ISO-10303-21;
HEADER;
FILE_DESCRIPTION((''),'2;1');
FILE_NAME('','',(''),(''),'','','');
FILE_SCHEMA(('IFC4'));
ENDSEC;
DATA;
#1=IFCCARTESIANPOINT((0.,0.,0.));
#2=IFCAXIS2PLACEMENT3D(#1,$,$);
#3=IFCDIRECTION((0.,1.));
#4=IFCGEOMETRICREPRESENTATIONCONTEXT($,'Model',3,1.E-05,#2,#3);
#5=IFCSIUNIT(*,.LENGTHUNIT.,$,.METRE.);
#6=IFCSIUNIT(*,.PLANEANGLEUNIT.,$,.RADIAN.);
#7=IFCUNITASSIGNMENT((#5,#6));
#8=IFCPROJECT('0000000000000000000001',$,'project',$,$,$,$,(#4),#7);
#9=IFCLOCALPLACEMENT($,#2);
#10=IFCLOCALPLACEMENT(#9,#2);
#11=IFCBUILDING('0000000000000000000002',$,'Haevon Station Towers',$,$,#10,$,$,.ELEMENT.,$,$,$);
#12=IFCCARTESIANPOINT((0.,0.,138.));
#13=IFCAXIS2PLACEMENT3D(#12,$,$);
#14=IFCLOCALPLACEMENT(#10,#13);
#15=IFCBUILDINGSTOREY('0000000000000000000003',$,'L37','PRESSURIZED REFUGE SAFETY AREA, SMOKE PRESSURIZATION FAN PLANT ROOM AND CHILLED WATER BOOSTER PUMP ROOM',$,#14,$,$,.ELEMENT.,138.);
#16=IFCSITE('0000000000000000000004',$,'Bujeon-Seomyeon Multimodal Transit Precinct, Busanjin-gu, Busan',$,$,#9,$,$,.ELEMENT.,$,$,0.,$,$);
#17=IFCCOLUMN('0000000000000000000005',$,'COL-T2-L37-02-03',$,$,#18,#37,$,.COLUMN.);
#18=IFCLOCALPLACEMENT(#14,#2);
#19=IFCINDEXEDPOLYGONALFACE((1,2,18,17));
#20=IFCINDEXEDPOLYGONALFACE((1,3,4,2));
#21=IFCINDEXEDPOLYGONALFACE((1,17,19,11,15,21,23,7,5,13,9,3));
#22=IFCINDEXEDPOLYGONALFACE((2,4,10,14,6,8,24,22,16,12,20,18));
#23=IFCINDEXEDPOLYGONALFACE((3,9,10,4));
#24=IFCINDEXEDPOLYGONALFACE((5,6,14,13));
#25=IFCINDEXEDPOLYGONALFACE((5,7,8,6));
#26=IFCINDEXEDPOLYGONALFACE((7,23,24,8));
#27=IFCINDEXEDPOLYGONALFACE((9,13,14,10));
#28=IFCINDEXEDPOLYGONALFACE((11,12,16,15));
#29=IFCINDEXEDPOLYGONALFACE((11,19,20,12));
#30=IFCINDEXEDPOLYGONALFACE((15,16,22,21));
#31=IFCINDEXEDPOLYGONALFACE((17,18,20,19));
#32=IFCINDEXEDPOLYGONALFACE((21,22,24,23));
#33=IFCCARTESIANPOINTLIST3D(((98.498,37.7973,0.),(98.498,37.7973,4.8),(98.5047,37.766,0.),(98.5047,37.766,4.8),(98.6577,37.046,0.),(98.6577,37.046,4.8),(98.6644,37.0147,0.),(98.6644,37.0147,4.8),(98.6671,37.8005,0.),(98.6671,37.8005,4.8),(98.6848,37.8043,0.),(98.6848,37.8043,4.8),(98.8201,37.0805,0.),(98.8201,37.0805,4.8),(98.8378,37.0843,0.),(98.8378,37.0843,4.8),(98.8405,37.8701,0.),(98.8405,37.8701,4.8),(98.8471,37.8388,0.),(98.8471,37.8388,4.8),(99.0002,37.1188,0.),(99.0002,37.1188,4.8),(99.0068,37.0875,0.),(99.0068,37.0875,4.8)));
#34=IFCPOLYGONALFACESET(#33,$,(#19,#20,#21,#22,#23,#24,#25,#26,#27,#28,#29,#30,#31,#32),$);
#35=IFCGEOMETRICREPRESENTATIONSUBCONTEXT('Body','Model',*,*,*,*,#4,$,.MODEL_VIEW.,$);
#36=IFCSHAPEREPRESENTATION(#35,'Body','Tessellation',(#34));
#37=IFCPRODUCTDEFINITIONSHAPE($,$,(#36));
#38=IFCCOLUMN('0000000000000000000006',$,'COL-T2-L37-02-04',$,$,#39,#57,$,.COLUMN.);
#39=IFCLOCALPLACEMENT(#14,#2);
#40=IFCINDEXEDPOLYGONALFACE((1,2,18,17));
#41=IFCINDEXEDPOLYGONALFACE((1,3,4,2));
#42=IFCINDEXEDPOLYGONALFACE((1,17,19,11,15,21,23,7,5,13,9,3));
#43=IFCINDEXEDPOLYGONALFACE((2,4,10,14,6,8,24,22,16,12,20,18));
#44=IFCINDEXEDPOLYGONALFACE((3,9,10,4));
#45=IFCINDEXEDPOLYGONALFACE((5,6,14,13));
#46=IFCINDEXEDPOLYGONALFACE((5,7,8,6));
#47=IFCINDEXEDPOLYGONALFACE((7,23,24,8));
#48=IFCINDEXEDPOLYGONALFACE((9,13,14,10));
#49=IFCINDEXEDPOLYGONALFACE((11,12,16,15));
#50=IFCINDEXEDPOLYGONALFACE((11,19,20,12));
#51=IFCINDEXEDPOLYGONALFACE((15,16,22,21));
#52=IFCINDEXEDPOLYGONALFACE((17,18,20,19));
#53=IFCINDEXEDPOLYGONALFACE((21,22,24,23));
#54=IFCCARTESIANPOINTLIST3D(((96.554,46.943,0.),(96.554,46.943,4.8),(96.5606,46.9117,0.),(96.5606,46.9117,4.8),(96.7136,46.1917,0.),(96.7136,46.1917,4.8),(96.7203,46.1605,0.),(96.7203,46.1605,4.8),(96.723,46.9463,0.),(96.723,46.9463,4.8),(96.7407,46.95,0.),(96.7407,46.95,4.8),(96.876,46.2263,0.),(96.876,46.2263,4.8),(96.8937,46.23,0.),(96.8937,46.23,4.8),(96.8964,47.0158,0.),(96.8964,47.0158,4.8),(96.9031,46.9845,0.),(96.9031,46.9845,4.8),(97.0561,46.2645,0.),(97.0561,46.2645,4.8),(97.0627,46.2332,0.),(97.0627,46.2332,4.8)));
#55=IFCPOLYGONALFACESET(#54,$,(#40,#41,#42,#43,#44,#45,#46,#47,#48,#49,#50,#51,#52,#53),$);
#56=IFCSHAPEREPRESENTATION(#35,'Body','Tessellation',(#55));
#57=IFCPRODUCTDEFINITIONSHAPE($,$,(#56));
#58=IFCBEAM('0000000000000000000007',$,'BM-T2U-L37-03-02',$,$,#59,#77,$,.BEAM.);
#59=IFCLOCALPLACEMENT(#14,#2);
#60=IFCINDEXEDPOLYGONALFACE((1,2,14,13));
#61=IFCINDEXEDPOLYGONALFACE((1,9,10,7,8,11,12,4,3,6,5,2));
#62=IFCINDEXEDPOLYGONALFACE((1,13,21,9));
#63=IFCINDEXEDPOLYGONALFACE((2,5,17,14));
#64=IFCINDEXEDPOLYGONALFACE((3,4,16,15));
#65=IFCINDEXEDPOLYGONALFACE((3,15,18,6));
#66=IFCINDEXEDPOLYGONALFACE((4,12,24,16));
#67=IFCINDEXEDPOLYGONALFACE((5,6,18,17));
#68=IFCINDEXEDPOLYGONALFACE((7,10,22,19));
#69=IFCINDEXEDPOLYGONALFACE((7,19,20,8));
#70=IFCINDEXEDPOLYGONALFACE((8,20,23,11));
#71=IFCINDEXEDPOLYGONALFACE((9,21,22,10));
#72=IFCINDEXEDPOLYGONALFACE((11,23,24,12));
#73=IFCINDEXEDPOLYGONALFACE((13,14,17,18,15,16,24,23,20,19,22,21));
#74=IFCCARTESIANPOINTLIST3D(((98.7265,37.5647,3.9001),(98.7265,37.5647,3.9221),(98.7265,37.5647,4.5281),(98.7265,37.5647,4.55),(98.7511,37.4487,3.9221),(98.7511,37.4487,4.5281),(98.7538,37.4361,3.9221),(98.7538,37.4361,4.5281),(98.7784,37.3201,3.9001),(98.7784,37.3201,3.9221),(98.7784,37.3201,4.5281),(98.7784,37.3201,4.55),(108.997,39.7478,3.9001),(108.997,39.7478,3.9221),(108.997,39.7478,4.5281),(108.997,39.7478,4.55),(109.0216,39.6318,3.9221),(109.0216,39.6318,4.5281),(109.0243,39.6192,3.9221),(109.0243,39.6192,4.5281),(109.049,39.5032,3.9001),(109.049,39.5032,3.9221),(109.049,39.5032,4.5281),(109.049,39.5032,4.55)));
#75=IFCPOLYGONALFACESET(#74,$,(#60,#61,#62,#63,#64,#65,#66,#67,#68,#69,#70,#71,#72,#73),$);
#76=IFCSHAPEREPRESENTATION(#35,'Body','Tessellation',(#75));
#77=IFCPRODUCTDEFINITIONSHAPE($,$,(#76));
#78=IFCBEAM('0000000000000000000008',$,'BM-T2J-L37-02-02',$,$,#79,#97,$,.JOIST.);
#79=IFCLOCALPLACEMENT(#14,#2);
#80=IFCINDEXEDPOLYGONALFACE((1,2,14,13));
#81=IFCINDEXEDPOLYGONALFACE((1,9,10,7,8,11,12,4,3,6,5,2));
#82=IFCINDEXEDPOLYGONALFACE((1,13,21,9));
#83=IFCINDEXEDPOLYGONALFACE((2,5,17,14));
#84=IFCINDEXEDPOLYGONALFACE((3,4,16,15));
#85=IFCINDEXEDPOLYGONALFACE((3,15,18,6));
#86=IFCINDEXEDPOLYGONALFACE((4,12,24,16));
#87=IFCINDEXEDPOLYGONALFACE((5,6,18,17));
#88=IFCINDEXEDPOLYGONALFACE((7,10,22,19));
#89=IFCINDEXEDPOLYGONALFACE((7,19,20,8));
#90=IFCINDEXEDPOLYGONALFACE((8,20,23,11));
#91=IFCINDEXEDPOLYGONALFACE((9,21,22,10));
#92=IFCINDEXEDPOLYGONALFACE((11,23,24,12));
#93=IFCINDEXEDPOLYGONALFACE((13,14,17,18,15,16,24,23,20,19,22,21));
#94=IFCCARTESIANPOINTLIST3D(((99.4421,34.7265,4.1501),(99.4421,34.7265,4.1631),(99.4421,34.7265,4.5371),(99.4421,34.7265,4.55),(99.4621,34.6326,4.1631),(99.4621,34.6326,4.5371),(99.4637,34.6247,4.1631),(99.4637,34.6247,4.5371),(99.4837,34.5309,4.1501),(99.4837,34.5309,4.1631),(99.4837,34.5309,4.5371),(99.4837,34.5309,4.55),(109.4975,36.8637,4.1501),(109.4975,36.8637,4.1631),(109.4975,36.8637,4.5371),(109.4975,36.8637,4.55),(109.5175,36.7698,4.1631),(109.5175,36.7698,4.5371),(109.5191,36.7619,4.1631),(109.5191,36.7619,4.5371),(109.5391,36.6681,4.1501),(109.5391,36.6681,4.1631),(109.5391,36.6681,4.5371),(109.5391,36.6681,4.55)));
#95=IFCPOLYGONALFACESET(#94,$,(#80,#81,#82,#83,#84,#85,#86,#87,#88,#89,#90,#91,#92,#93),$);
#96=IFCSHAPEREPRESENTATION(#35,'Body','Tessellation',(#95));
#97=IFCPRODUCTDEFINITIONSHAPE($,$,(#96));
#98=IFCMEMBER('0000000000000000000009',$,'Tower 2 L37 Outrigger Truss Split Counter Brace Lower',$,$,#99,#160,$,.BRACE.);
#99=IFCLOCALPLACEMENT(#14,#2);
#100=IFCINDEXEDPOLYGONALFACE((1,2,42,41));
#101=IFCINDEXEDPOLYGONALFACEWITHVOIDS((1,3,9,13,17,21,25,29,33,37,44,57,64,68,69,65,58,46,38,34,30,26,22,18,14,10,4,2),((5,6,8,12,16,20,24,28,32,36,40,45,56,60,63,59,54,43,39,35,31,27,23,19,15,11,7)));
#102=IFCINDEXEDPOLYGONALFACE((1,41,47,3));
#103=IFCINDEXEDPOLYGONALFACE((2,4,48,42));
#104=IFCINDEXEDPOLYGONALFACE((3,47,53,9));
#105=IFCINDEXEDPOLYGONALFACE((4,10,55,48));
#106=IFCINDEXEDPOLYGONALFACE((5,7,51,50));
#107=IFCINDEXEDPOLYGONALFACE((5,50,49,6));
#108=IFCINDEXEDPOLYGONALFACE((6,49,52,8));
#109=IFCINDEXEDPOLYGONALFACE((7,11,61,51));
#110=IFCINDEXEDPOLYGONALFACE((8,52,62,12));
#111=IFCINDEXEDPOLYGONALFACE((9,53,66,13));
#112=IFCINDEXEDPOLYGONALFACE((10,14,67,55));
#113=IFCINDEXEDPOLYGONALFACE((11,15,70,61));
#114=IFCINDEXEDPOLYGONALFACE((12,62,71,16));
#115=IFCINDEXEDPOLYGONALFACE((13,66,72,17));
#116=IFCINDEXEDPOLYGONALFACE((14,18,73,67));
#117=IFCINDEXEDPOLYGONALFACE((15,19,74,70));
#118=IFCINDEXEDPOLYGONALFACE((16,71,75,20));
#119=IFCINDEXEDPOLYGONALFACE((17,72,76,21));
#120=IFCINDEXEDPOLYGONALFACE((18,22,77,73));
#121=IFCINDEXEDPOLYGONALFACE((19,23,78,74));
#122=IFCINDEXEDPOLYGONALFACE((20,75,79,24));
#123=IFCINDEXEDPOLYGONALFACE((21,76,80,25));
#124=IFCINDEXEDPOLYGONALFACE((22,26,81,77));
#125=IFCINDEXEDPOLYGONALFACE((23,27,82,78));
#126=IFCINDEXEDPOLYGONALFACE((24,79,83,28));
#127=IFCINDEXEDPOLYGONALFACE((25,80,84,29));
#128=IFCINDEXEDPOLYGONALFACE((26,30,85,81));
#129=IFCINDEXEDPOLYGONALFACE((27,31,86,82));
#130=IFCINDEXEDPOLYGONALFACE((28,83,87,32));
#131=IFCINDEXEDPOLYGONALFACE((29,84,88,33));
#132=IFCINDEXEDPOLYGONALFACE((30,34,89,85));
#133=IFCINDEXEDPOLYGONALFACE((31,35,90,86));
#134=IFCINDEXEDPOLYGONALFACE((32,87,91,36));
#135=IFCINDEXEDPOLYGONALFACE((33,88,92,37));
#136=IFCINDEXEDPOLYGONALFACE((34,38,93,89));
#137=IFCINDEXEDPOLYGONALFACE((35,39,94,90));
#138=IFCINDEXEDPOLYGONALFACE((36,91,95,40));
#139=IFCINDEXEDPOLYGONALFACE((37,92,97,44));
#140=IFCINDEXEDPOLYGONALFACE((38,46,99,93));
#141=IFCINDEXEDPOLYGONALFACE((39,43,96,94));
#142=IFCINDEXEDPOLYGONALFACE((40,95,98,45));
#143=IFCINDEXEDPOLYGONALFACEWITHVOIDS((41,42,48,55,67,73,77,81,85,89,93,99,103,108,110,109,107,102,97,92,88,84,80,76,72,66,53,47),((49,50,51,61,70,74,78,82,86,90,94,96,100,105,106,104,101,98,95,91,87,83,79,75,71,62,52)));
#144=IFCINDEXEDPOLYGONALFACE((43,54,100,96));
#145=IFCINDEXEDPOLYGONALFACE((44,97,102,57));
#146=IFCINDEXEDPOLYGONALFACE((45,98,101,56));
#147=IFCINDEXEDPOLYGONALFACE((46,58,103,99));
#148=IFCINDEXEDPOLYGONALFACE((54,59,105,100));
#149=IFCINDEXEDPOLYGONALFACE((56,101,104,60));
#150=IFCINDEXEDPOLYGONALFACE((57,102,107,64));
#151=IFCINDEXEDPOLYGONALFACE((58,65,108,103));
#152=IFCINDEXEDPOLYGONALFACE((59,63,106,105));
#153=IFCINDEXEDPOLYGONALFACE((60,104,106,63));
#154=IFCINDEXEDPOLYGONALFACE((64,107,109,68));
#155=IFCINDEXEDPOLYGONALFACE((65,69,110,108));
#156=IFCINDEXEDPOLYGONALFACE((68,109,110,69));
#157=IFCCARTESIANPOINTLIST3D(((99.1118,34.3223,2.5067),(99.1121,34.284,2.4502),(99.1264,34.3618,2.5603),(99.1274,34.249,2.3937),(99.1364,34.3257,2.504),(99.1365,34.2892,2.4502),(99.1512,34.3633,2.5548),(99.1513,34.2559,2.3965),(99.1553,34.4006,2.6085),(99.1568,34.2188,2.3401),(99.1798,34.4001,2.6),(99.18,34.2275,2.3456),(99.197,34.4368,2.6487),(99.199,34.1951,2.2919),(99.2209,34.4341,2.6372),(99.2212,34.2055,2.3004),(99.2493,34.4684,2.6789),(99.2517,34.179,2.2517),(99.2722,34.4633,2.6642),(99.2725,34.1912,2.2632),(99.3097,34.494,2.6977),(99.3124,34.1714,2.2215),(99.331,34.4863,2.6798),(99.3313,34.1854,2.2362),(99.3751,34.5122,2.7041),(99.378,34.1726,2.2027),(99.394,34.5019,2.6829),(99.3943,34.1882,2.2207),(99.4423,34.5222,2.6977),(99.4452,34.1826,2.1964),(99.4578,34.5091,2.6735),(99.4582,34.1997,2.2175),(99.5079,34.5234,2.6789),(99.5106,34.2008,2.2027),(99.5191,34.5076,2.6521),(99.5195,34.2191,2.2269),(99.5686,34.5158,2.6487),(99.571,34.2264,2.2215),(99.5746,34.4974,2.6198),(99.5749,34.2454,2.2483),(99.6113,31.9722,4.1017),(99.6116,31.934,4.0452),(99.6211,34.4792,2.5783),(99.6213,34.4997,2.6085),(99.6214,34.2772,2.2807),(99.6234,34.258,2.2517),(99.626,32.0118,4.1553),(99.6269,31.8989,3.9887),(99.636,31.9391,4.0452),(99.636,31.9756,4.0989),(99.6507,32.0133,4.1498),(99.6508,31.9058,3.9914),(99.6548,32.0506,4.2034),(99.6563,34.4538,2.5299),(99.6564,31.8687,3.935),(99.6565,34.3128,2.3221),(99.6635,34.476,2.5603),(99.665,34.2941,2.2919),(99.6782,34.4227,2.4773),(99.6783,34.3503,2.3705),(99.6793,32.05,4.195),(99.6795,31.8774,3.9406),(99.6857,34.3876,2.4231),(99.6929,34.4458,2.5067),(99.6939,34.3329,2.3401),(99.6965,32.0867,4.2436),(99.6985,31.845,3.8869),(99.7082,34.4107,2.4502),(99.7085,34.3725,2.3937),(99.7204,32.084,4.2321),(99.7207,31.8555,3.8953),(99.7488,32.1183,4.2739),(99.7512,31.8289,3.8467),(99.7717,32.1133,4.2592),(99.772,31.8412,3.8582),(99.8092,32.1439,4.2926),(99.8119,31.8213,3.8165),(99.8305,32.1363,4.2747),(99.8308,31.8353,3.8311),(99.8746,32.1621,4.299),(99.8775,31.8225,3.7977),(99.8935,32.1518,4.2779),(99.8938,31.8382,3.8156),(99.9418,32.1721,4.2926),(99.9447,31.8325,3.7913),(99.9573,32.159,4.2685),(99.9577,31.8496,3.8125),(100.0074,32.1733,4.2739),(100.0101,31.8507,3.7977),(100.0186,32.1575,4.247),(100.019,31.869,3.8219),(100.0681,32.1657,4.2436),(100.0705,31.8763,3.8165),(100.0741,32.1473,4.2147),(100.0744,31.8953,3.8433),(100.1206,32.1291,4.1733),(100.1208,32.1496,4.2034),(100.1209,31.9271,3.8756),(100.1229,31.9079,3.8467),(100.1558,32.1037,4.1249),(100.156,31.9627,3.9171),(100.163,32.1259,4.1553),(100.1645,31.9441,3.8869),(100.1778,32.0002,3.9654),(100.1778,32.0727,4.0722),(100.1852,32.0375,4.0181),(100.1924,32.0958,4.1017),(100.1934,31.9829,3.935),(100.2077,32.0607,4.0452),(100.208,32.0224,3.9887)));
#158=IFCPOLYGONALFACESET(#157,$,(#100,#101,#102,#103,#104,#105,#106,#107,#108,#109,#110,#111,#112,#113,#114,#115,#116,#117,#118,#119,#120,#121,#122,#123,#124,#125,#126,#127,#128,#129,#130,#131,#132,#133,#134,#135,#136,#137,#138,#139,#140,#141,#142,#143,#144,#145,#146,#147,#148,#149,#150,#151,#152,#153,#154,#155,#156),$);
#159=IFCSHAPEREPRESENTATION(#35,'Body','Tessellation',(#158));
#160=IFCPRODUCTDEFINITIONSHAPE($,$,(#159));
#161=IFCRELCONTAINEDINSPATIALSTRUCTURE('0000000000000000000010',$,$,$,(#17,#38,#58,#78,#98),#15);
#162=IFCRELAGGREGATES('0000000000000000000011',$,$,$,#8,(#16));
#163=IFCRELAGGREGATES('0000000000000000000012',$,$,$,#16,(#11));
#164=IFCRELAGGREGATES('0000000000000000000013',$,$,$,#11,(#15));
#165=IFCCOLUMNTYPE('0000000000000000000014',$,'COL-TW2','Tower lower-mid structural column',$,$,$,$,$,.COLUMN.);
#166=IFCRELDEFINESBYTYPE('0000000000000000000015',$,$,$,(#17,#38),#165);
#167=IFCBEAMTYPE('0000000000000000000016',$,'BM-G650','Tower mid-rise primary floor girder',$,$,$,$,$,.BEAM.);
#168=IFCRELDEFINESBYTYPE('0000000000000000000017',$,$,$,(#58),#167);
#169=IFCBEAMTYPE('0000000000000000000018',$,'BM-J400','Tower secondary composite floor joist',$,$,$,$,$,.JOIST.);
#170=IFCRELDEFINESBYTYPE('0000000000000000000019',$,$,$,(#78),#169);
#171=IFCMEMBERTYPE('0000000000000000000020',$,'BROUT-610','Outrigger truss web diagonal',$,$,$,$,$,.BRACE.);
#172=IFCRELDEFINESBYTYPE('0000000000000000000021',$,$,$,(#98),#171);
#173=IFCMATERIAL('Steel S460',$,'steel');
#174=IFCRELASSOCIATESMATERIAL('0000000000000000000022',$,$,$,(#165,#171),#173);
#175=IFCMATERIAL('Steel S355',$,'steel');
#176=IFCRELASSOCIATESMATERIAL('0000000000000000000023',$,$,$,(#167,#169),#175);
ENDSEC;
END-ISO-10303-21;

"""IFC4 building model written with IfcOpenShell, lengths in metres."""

from ifc_helpers import new_model, si_unit, direction, frame, origin, origin_2d, place, context, subcontext, project, spatial, hollow_circle, i_section, extrude, material, material_profile, profile_set, type_object, element, save


model = new_model("IFC4")

# Units and contexts
model_context = context("Model", 3, precision=1e-05, world=origin(), true_north=direction((0.0, 1.0)))
body_context = subcontext(model_context, "Body", "Model", "MODEL_VIEW")
ifc_project = project(units=[si_unit("LENGTHUNIT", "METRE"), si_unit("PLANEANGLEUNIT", "RADIAN")], contexts=[model_context])

# Site, building, storey
site_placement = place(None, origin())
site = spatial("IfcSite", under=ifc_project, at=site_placement, Name="Bujeon-Seomyeon Multimodal Transit Precinct, Busanjin-gu, Busan", CompositionType="ELEMENT", RefElevation=0.0)
building_placement = place(site_placement, origin())
building = spatial("IfcBuilding", under=site, at=building_placement, Name="Haevon Station Towers", CompositionType="ELEMENT")
storey_placement = place(building_placement, frame((0.0, 0.0, 138.0)))
storey = spatial("IfcBuildingStorey", under=building, at=storey_placement, Name="L37", Description="PRESSURIZED REFUGE SAFETY AREA, SMOKE PRESSURIZATION FAN PLANT ROOM AND CHILLED WATER BOOSTER PUMP ROOM", CompositionType="ELEMENT", Elevation=138.0)

# Columns
ifc_material_1 = material(Name="Steel S460", Category="steel")
ifc_material_profile_1 = material_profile(ifc_material_1, i_section(OverallWidth=0.3501, OverallDepth=0.8, WebThickness=0.0181, FlangeThickness=0.032, at=origin_2d()), Name="H-800x350x18x32")
ifc_profile_set_1 = profile_set([ifc_material_profile_1], Name="Steel S460")
column_type = type_object("IfcColumnType", Name="COL-TW2", Description="Tower lower-mid structural column", PredefinedType="COLUMN", material=ifc_profile_set_1)
for number, where, z_axis, x_axis, name in (
    (1, (98.7524, 37.4424, 0.0), (0.0, 0.0, 1.0), (0.978148, 0.207912, 0.0), "COL-T2-L37-02-03"),
    (2, (96.8083, 46.5881, 0.0), (0.0, 0.0, 1.0), (0.978148, 0.207912, 0.0), "COL-T2-L37-02-04"),
):
    element("IfcColumn", number, at=place(storey_placement, frame(where, z_axis=z_axis, x_axis=x_axis)), inside=storey, type_object=column_type, Name=name, PredefinedType="COLUMN", context=body_context, shape_type="SweptSolid", body=[
        extrude(i_section(OverallWidth=0.3501, OverallDepth=0.8, WebThickness=0.0181, FlangeThickness=0.032, at=origin_2d()), origin(), (0.0, 0.0, 1.0), 4.8),
    ])

# Beams
ifc_material_2 = material(Name="Steel S355", Category="steel")
ifc_material_profile_2 = material_profile(ifc_material_2, i_section(OverallWidth=0.25, OverallDepth=0.6499, WebThickness=0.0129, FlangeThickness=0.022, at=origin_2d()), Name="H-650x250x13x22")
ifc_profile_set_2 = profile_set([ifc_material_profile_2], Name="Steel S355")
beam_type_1 = type_object("IfcBeamType", Name="BM-G650", Description="Tower mid-rise primary floor girder", PredefinedType="BEAM", material=ifc_profile_set_2)
beam_1_placement = place(storey_placement, frame((98.7524, 37.4424, 4.2251), z_axis=(0.978147, 0.207915, 0.0), x_axis=(-0.207915, 0.978147, 0.0)))
element("IfcBeam", 3, at=beam_1_placement, inside=storey, type_object=beam_type_1, Name="BM-T2U-L37-03-02", PredefinedType="BEAM", context=body_context, shape_type="SweptSolid", body=[
    extrude(i_section(OverallWidth=0.25, OverallDepth=0.6499, WebThickness=0.0129, FlangeThickness=0.022, at=origin_2d()), origin(), (0.0, 0.0, 1.0), 10.5),
])
ifc_material_profile_3 = material_profile(ifc_material_2, i_section(OverallWidth=0.2, OverallDepth=0.3999, WebThickness=0.0081, FlangeThickness=0.0129, at=origin_2d()), Name="H-400x200x8x13")
ifc_profile_set_3 = profile_set([ifc_material_profile_3], Name="Steel S355")
beam_type_2 = type_object("IfcBeamType", Name="BM-J400", Description="Tower secondary composite floor joist", PredefinedType="JOIST", material=ifc_profile_set_3)
beam_2_placement = place(storey_placement, frame((99.4629, 34.6287, 4.3501), z_axis=(0.97815, 0.207899, 0.0), x_axis=(-0.207899, 0.97815, 0.0)))
element("IfcBeam", 4, at=beam_2_placement, inside=storey, type_object=beam_type_2, Name="BM-T2J-L37-02-02", PredefinedType="JOIST", context=body_context, shape_type="SweptSolid", body=[
    extrude(i_section(OverallWidth=0.2, OverallDepth=0.3999, WebThickness=0.0081, FlangeThickness=0.0129, at=origin_2d()), origin(), (0.0, 0.0, 1.0), 10.28),
])

# Member
ifc_material_profile_4 = material_profile(ifc_material_1, hollow_circle(Radius=0.3047, WallThickness=0.0249, at=origin_2d()), Name="CHS-609.6x25")
ifc_profile_set_4 = profile_set([ifc_material_profile_4], Name="Steel S460")
member_type = type_object("IfcMemberType", Name="BROUT-610", Description="Outrigger truss web diagonal", PredefinedType="BRACE", material=ifc_profile_set_4)
for number, where, z_axis, x_axis, name in (
    (5, (99.9097, 31.9973, 4.0452), (-0.173212, 0.814926, -0.553076), (-0.978149, -0.207905, 0.0), "Tower 2 L37 Outrigger Truss Split Counter Brace Lower"),
):
    element("IfcMember", number, at=place(storey_placement, frame(where, z_axis=z_axis, x_axis=x_axis)), inside=storey, type_object=member_type, Name=name, PredefinedType="BRACE", context=body_context, shape_type="SweptSolid", body=[
        extrude(hollow_circle(Radius=0.3047, WallThickness=0.0249, at=origin_2d()), origin(), (0.0, 0.0, 1.0), 2.8838),
    ])

save(model, "model.ifc")
